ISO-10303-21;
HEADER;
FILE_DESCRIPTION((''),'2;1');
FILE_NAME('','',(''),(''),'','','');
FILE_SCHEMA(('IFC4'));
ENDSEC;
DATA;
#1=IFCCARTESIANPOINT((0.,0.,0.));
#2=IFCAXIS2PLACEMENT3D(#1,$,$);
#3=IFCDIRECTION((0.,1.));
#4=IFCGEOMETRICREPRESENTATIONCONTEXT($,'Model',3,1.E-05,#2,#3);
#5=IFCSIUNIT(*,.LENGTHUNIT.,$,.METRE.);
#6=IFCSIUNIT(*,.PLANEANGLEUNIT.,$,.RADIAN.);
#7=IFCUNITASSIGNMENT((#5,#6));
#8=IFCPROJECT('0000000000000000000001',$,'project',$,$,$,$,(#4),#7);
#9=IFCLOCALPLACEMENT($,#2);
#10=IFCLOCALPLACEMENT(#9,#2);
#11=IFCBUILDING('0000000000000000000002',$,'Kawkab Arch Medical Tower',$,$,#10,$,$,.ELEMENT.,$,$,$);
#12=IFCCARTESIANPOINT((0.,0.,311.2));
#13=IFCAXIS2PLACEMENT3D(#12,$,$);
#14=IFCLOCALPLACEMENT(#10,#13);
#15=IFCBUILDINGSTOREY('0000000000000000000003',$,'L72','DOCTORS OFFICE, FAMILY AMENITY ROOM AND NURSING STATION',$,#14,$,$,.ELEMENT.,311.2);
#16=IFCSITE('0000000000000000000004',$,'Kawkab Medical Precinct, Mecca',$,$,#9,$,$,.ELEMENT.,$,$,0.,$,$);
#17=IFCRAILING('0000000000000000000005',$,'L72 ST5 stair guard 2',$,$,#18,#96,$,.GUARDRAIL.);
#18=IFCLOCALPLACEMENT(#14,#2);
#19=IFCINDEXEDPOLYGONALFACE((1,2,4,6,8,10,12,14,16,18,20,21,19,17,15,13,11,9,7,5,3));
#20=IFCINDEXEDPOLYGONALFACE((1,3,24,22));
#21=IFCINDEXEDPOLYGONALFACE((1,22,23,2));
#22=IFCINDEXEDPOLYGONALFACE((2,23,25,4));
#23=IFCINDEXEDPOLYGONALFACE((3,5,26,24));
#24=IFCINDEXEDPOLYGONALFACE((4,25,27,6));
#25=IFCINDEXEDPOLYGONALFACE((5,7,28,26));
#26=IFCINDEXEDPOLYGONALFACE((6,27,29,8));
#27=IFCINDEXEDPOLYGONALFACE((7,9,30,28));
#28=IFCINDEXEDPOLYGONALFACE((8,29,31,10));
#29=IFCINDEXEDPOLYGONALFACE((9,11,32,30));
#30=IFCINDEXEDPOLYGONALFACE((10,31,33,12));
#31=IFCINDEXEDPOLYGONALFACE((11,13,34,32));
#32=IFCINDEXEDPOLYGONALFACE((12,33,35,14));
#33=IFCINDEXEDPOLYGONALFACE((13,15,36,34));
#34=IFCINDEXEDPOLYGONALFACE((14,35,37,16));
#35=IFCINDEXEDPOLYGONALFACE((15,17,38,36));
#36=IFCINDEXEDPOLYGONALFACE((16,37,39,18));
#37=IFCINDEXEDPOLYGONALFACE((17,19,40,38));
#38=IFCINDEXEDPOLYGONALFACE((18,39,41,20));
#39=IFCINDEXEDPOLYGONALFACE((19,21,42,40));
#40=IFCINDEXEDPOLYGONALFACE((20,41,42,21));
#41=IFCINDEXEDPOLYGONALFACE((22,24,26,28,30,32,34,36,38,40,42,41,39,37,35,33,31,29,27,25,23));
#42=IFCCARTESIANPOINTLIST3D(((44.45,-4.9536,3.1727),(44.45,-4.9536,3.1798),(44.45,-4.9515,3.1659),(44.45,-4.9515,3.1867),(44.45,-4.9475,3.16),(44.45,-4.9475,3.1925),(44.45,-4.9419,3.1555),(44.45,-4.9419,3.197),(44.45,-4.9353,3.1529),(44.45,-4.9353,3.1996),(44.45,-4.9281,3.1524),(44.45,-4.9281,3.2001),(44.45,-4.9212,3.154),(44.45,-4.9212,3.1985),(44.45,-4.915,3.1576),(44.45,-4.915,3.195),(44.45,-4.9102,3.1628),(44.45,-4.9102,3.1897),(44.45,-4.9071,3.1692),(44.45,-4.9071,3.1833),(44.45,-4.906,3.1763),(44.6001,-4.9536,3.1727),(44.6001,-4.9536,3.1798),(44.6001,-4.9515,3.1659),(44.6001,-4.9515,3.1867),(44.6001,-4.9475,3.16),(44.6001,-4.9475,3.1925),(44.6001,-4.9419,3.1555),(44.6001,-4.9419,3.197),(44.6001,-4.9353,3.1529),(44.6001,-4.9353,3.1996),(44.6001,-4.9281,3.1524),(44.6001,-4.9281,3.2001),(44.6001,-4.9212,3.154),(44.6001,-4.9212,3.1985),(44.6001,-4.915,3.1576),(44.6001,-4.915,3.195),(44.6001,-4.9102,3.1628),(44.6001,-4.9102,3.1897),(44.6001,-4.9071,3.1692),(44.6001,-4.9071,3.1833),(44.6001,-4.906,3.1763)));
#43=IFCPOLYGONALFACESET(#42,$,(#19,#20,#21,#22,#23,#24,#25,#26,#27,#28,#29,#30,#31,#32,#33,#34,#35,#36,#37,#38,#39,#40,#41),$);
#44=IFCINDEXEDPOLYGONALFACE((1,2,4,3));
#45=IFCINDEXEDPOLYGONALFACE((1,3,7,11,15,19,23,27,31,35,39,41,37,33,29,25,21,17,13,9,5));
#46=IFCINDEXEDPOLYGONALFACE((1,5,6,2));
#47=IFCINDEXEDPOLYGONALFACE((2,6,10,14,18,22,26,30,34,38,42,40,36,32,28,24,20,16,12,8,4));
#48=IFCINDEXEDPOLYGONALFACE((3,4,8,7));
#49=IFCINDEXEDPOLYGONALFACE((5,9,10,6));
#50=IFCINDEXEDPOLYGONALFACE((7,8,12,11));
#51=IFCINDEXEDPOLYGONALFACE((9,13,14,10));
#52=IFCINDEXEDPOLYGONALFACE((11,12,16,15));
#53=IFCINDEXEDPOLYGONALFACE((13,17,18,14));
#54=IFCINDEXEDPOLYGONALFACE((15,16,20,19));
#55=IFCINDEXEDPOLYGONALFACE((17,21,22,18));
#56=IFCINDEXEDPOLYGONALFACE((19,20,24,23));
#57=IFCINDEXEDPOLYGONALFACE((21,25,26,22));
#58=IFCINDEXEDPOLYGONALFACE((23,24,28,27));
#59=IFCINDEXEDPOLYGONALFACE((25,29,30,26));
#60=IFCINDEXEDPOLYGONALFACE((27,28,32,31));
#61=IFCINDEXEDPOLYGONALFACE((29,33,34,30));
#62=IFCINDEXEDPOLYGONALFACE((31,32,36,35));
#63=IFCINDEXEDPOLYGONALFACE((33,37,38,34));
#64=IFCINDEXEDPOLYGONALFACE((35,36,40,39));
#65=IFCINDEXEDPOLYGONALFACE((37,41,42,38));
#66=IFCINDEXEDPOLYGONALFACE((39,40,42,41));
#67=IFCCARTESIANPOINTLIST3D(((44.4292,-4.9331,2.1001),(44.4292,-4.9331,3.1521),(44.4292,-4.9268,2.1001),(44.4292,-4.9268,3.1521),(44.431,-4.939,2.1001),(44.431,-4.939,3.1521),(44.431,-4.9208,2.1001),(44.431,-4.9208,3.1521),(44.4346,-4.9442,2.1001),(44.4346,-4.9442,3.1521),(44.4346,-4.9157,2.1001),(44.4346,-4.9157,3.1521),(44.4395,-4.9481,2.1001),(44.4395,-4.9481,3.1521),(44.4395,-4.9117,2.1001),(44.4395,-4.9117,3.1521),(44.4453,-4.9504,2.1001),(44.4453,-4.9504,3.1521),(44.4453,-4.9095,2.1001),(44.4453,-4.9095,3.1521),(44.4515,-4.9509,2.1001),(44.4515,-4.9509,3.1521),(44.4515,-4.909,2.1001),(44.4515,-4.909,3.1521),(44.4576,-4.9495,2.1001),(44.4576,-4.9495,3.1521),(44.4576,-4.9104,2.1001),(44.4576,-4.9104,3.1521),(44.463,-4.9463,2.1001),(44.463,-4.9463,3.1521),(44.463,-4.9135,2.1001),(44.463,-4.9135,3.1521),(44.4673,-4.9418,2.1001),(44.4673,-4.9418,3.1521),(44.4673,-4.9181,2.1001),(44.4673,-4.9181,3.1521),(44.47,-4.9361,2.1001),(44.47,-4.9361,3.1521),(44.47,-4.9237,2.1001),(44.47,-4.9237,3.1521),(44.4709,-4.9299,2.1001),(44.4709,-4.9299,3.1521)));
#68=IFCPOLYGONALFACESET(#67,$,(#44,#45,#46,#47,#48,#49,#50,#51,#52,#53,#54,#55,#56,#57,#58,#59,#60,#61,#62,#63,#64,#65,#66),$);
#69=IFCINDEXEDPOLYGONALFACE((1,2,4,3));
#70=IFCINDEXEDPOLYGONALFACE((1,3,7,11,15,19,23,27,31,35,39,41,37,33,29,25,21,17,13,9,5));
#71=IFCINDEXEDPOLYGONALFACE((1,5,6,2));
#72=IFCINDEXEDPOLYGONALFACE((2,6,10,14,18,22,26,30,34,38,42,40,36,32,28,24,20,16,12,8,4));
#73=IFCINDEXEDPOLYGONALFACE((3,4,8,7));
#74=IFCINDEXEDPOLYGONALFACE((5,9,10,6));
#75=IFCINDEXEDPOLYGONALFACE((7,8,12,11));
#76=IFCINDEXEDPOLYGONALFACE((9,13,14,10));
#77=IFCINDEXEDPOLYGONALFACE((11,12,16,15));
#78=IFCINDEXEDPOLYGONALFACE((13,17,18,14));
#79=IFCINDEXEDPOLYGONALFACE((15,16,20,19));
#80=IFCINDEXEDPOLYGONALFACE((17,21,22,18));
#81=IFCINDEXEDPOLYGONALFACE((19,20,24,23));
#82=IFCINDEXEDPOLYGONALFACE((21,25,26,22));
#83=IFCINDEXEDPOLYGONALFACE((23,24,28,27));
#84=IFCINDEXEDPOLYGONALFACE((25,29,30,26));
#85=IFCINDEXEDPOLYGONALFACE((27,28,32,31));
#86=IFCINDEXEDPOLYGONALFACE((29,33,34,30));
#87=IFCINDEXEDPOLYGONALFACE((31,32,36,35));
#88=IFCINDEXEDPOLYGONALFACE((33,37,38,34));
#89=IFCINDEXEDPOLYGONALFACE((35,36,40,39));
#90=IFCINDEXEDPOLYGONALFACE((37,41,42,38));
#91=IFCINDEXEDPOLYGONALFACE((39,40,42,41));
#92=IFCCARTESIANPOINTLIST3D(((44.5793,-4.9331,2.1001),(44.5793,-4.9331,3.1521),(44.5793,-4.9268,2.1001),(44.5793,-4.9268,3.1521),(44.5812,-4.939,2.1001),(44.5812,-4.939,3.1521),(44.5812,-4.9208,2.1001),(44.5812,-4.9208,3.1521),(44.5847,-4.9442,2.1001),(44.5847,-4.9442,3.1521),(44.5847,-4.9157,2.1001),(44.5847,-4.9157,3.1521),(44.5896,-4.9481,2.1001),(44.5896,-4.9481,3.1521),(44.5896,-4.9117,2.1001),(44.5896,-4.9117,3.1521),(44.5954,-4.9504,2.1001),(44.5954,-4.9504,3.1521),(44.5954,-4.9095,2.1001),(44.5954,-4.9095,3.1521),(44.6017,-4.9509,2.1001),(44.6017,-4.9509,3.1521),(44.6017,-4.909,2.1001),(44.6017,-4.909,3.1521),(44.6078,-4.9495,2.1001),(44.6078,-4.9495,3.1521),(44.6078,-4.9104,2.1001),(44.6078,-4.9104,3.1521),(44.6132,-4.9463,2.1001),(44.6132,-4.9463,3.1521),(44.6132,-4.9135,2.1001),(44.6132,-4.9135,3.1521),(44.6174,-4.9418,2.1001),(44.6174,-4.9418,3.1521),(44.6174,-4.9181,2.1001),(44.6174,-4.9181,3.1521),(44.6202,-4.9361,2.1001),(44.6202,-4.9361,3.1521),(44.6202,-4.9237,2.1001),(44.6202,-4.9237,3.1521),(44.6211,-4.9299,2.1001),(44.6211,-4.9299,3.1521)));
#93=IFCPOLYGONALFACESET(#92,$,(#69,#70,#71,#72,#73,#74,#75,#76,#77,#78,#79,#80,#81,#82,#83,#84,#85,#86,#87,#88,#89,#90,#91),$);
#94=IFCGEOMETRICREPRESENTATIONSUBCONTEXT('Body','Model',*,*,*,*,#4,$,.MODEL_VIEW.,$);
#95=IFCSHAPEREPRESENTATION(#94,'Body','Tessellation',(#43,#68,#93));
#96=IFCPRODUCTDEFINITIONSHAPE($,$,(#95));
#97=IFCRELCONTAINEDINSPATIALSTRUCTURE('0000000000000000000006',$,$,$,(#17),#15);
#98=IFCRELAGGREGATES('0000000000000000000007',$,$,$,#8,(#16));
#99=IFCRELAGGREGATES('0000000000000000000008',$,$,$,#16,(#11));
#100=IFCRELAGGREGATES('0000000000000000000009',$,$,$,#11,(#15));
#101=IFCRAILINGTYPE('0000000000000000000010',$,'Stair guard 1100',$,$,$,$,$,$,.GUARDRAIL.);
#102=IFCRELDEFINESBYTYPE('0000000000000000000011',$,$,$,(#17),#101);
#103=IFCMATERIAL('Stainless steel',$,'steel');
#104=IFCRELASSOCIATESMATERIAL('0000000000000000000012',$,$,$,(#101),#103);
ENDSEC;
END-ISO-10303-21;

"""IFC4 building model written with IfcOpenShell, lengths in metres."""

from ifc_helpers import new_model, si_unit, direction, frame, origin, origin_2d, place, context, subcontext, project, spatial, circle, extrude, material, type_object, element, save


model = new_model("IFC4")

# Units and contexts
model_context = context("Model", 3, precision=1e-05, world=origin(), true_north=direction((0.0, 1.0)))
body_context = subcontext(model_context, "Body", "Model", "MODEL_VIEW")
ifc_project = project(units=[si_unit("LENGTHUNIT", "METRE"), si_unit("PLANEANGLEUNIT", "RADIAN")], contexts=[model_context])

# Site, building, storey
site_placement = place(None, origin())
site = spatial("IfcSite", under=ifc_project, at=site_placement, Name="Kawkab Medical Precinct, Mecca", CompositionType="ELEMENT", RefElevation=0.0)
building_placement = place(site_placement, origin())
building = spatial("IfcBuilding", under=site, at=building_placement, Name="Kawkab Arch Medical Tower", CompositionType="ELEMENT")
storey_placement = place(building_placement, frame((0.0, 0.0, 311.2)))
storey = spatial("IfcBuildingStorey", under=building, at=storey_placement, Name="L72", Description="DOCTORS OFFICE, FAMILY AMENITY ROOM AND NURSING STATION", CompositionType="ELEMENT", Elevation=311.2)

# Railing
ifc_material_1 = material(Name="Stainless steel", Category="steel")
railing_type = type_object("IfcRailingType", Name="Stair guard 1100", PredefinedType="GUARDRAIL", material=ifc_material_1)
railing_1_placement = place(storey_placement, frame((44.45, -4.9299, 2.1001)))
element("IfcRailing", 1, at=railing_1_placement, inside=storey, type_object=railing_type, Name="L72 ST5 stair guard 2", PredefinedType="GUARDRAIL", context=body_context, shape_type="SweptSolid", body=[
    extrude(circle(Radius=0.0239, at=origin_2d()), frame((0.0, 0.0, 1.0762), z_axis=(1.0, 0.0, 0.0), x_axis=(0.0, 1.0, 0.0)), (0.0, 0.0, 1.0), 0.1501),
    extrude(circle(Radius=0.021, at=origin_2d()), origin(), (0.0, 0.0, 1.0), 1.052),
    extrude(circle(Radius=0.021, at=origin_2d()), frame((0.1501, 0.0, 0.0)), (0.0, 0.0, 1.0), 1.052),
])

save(model, "model.ifc")
